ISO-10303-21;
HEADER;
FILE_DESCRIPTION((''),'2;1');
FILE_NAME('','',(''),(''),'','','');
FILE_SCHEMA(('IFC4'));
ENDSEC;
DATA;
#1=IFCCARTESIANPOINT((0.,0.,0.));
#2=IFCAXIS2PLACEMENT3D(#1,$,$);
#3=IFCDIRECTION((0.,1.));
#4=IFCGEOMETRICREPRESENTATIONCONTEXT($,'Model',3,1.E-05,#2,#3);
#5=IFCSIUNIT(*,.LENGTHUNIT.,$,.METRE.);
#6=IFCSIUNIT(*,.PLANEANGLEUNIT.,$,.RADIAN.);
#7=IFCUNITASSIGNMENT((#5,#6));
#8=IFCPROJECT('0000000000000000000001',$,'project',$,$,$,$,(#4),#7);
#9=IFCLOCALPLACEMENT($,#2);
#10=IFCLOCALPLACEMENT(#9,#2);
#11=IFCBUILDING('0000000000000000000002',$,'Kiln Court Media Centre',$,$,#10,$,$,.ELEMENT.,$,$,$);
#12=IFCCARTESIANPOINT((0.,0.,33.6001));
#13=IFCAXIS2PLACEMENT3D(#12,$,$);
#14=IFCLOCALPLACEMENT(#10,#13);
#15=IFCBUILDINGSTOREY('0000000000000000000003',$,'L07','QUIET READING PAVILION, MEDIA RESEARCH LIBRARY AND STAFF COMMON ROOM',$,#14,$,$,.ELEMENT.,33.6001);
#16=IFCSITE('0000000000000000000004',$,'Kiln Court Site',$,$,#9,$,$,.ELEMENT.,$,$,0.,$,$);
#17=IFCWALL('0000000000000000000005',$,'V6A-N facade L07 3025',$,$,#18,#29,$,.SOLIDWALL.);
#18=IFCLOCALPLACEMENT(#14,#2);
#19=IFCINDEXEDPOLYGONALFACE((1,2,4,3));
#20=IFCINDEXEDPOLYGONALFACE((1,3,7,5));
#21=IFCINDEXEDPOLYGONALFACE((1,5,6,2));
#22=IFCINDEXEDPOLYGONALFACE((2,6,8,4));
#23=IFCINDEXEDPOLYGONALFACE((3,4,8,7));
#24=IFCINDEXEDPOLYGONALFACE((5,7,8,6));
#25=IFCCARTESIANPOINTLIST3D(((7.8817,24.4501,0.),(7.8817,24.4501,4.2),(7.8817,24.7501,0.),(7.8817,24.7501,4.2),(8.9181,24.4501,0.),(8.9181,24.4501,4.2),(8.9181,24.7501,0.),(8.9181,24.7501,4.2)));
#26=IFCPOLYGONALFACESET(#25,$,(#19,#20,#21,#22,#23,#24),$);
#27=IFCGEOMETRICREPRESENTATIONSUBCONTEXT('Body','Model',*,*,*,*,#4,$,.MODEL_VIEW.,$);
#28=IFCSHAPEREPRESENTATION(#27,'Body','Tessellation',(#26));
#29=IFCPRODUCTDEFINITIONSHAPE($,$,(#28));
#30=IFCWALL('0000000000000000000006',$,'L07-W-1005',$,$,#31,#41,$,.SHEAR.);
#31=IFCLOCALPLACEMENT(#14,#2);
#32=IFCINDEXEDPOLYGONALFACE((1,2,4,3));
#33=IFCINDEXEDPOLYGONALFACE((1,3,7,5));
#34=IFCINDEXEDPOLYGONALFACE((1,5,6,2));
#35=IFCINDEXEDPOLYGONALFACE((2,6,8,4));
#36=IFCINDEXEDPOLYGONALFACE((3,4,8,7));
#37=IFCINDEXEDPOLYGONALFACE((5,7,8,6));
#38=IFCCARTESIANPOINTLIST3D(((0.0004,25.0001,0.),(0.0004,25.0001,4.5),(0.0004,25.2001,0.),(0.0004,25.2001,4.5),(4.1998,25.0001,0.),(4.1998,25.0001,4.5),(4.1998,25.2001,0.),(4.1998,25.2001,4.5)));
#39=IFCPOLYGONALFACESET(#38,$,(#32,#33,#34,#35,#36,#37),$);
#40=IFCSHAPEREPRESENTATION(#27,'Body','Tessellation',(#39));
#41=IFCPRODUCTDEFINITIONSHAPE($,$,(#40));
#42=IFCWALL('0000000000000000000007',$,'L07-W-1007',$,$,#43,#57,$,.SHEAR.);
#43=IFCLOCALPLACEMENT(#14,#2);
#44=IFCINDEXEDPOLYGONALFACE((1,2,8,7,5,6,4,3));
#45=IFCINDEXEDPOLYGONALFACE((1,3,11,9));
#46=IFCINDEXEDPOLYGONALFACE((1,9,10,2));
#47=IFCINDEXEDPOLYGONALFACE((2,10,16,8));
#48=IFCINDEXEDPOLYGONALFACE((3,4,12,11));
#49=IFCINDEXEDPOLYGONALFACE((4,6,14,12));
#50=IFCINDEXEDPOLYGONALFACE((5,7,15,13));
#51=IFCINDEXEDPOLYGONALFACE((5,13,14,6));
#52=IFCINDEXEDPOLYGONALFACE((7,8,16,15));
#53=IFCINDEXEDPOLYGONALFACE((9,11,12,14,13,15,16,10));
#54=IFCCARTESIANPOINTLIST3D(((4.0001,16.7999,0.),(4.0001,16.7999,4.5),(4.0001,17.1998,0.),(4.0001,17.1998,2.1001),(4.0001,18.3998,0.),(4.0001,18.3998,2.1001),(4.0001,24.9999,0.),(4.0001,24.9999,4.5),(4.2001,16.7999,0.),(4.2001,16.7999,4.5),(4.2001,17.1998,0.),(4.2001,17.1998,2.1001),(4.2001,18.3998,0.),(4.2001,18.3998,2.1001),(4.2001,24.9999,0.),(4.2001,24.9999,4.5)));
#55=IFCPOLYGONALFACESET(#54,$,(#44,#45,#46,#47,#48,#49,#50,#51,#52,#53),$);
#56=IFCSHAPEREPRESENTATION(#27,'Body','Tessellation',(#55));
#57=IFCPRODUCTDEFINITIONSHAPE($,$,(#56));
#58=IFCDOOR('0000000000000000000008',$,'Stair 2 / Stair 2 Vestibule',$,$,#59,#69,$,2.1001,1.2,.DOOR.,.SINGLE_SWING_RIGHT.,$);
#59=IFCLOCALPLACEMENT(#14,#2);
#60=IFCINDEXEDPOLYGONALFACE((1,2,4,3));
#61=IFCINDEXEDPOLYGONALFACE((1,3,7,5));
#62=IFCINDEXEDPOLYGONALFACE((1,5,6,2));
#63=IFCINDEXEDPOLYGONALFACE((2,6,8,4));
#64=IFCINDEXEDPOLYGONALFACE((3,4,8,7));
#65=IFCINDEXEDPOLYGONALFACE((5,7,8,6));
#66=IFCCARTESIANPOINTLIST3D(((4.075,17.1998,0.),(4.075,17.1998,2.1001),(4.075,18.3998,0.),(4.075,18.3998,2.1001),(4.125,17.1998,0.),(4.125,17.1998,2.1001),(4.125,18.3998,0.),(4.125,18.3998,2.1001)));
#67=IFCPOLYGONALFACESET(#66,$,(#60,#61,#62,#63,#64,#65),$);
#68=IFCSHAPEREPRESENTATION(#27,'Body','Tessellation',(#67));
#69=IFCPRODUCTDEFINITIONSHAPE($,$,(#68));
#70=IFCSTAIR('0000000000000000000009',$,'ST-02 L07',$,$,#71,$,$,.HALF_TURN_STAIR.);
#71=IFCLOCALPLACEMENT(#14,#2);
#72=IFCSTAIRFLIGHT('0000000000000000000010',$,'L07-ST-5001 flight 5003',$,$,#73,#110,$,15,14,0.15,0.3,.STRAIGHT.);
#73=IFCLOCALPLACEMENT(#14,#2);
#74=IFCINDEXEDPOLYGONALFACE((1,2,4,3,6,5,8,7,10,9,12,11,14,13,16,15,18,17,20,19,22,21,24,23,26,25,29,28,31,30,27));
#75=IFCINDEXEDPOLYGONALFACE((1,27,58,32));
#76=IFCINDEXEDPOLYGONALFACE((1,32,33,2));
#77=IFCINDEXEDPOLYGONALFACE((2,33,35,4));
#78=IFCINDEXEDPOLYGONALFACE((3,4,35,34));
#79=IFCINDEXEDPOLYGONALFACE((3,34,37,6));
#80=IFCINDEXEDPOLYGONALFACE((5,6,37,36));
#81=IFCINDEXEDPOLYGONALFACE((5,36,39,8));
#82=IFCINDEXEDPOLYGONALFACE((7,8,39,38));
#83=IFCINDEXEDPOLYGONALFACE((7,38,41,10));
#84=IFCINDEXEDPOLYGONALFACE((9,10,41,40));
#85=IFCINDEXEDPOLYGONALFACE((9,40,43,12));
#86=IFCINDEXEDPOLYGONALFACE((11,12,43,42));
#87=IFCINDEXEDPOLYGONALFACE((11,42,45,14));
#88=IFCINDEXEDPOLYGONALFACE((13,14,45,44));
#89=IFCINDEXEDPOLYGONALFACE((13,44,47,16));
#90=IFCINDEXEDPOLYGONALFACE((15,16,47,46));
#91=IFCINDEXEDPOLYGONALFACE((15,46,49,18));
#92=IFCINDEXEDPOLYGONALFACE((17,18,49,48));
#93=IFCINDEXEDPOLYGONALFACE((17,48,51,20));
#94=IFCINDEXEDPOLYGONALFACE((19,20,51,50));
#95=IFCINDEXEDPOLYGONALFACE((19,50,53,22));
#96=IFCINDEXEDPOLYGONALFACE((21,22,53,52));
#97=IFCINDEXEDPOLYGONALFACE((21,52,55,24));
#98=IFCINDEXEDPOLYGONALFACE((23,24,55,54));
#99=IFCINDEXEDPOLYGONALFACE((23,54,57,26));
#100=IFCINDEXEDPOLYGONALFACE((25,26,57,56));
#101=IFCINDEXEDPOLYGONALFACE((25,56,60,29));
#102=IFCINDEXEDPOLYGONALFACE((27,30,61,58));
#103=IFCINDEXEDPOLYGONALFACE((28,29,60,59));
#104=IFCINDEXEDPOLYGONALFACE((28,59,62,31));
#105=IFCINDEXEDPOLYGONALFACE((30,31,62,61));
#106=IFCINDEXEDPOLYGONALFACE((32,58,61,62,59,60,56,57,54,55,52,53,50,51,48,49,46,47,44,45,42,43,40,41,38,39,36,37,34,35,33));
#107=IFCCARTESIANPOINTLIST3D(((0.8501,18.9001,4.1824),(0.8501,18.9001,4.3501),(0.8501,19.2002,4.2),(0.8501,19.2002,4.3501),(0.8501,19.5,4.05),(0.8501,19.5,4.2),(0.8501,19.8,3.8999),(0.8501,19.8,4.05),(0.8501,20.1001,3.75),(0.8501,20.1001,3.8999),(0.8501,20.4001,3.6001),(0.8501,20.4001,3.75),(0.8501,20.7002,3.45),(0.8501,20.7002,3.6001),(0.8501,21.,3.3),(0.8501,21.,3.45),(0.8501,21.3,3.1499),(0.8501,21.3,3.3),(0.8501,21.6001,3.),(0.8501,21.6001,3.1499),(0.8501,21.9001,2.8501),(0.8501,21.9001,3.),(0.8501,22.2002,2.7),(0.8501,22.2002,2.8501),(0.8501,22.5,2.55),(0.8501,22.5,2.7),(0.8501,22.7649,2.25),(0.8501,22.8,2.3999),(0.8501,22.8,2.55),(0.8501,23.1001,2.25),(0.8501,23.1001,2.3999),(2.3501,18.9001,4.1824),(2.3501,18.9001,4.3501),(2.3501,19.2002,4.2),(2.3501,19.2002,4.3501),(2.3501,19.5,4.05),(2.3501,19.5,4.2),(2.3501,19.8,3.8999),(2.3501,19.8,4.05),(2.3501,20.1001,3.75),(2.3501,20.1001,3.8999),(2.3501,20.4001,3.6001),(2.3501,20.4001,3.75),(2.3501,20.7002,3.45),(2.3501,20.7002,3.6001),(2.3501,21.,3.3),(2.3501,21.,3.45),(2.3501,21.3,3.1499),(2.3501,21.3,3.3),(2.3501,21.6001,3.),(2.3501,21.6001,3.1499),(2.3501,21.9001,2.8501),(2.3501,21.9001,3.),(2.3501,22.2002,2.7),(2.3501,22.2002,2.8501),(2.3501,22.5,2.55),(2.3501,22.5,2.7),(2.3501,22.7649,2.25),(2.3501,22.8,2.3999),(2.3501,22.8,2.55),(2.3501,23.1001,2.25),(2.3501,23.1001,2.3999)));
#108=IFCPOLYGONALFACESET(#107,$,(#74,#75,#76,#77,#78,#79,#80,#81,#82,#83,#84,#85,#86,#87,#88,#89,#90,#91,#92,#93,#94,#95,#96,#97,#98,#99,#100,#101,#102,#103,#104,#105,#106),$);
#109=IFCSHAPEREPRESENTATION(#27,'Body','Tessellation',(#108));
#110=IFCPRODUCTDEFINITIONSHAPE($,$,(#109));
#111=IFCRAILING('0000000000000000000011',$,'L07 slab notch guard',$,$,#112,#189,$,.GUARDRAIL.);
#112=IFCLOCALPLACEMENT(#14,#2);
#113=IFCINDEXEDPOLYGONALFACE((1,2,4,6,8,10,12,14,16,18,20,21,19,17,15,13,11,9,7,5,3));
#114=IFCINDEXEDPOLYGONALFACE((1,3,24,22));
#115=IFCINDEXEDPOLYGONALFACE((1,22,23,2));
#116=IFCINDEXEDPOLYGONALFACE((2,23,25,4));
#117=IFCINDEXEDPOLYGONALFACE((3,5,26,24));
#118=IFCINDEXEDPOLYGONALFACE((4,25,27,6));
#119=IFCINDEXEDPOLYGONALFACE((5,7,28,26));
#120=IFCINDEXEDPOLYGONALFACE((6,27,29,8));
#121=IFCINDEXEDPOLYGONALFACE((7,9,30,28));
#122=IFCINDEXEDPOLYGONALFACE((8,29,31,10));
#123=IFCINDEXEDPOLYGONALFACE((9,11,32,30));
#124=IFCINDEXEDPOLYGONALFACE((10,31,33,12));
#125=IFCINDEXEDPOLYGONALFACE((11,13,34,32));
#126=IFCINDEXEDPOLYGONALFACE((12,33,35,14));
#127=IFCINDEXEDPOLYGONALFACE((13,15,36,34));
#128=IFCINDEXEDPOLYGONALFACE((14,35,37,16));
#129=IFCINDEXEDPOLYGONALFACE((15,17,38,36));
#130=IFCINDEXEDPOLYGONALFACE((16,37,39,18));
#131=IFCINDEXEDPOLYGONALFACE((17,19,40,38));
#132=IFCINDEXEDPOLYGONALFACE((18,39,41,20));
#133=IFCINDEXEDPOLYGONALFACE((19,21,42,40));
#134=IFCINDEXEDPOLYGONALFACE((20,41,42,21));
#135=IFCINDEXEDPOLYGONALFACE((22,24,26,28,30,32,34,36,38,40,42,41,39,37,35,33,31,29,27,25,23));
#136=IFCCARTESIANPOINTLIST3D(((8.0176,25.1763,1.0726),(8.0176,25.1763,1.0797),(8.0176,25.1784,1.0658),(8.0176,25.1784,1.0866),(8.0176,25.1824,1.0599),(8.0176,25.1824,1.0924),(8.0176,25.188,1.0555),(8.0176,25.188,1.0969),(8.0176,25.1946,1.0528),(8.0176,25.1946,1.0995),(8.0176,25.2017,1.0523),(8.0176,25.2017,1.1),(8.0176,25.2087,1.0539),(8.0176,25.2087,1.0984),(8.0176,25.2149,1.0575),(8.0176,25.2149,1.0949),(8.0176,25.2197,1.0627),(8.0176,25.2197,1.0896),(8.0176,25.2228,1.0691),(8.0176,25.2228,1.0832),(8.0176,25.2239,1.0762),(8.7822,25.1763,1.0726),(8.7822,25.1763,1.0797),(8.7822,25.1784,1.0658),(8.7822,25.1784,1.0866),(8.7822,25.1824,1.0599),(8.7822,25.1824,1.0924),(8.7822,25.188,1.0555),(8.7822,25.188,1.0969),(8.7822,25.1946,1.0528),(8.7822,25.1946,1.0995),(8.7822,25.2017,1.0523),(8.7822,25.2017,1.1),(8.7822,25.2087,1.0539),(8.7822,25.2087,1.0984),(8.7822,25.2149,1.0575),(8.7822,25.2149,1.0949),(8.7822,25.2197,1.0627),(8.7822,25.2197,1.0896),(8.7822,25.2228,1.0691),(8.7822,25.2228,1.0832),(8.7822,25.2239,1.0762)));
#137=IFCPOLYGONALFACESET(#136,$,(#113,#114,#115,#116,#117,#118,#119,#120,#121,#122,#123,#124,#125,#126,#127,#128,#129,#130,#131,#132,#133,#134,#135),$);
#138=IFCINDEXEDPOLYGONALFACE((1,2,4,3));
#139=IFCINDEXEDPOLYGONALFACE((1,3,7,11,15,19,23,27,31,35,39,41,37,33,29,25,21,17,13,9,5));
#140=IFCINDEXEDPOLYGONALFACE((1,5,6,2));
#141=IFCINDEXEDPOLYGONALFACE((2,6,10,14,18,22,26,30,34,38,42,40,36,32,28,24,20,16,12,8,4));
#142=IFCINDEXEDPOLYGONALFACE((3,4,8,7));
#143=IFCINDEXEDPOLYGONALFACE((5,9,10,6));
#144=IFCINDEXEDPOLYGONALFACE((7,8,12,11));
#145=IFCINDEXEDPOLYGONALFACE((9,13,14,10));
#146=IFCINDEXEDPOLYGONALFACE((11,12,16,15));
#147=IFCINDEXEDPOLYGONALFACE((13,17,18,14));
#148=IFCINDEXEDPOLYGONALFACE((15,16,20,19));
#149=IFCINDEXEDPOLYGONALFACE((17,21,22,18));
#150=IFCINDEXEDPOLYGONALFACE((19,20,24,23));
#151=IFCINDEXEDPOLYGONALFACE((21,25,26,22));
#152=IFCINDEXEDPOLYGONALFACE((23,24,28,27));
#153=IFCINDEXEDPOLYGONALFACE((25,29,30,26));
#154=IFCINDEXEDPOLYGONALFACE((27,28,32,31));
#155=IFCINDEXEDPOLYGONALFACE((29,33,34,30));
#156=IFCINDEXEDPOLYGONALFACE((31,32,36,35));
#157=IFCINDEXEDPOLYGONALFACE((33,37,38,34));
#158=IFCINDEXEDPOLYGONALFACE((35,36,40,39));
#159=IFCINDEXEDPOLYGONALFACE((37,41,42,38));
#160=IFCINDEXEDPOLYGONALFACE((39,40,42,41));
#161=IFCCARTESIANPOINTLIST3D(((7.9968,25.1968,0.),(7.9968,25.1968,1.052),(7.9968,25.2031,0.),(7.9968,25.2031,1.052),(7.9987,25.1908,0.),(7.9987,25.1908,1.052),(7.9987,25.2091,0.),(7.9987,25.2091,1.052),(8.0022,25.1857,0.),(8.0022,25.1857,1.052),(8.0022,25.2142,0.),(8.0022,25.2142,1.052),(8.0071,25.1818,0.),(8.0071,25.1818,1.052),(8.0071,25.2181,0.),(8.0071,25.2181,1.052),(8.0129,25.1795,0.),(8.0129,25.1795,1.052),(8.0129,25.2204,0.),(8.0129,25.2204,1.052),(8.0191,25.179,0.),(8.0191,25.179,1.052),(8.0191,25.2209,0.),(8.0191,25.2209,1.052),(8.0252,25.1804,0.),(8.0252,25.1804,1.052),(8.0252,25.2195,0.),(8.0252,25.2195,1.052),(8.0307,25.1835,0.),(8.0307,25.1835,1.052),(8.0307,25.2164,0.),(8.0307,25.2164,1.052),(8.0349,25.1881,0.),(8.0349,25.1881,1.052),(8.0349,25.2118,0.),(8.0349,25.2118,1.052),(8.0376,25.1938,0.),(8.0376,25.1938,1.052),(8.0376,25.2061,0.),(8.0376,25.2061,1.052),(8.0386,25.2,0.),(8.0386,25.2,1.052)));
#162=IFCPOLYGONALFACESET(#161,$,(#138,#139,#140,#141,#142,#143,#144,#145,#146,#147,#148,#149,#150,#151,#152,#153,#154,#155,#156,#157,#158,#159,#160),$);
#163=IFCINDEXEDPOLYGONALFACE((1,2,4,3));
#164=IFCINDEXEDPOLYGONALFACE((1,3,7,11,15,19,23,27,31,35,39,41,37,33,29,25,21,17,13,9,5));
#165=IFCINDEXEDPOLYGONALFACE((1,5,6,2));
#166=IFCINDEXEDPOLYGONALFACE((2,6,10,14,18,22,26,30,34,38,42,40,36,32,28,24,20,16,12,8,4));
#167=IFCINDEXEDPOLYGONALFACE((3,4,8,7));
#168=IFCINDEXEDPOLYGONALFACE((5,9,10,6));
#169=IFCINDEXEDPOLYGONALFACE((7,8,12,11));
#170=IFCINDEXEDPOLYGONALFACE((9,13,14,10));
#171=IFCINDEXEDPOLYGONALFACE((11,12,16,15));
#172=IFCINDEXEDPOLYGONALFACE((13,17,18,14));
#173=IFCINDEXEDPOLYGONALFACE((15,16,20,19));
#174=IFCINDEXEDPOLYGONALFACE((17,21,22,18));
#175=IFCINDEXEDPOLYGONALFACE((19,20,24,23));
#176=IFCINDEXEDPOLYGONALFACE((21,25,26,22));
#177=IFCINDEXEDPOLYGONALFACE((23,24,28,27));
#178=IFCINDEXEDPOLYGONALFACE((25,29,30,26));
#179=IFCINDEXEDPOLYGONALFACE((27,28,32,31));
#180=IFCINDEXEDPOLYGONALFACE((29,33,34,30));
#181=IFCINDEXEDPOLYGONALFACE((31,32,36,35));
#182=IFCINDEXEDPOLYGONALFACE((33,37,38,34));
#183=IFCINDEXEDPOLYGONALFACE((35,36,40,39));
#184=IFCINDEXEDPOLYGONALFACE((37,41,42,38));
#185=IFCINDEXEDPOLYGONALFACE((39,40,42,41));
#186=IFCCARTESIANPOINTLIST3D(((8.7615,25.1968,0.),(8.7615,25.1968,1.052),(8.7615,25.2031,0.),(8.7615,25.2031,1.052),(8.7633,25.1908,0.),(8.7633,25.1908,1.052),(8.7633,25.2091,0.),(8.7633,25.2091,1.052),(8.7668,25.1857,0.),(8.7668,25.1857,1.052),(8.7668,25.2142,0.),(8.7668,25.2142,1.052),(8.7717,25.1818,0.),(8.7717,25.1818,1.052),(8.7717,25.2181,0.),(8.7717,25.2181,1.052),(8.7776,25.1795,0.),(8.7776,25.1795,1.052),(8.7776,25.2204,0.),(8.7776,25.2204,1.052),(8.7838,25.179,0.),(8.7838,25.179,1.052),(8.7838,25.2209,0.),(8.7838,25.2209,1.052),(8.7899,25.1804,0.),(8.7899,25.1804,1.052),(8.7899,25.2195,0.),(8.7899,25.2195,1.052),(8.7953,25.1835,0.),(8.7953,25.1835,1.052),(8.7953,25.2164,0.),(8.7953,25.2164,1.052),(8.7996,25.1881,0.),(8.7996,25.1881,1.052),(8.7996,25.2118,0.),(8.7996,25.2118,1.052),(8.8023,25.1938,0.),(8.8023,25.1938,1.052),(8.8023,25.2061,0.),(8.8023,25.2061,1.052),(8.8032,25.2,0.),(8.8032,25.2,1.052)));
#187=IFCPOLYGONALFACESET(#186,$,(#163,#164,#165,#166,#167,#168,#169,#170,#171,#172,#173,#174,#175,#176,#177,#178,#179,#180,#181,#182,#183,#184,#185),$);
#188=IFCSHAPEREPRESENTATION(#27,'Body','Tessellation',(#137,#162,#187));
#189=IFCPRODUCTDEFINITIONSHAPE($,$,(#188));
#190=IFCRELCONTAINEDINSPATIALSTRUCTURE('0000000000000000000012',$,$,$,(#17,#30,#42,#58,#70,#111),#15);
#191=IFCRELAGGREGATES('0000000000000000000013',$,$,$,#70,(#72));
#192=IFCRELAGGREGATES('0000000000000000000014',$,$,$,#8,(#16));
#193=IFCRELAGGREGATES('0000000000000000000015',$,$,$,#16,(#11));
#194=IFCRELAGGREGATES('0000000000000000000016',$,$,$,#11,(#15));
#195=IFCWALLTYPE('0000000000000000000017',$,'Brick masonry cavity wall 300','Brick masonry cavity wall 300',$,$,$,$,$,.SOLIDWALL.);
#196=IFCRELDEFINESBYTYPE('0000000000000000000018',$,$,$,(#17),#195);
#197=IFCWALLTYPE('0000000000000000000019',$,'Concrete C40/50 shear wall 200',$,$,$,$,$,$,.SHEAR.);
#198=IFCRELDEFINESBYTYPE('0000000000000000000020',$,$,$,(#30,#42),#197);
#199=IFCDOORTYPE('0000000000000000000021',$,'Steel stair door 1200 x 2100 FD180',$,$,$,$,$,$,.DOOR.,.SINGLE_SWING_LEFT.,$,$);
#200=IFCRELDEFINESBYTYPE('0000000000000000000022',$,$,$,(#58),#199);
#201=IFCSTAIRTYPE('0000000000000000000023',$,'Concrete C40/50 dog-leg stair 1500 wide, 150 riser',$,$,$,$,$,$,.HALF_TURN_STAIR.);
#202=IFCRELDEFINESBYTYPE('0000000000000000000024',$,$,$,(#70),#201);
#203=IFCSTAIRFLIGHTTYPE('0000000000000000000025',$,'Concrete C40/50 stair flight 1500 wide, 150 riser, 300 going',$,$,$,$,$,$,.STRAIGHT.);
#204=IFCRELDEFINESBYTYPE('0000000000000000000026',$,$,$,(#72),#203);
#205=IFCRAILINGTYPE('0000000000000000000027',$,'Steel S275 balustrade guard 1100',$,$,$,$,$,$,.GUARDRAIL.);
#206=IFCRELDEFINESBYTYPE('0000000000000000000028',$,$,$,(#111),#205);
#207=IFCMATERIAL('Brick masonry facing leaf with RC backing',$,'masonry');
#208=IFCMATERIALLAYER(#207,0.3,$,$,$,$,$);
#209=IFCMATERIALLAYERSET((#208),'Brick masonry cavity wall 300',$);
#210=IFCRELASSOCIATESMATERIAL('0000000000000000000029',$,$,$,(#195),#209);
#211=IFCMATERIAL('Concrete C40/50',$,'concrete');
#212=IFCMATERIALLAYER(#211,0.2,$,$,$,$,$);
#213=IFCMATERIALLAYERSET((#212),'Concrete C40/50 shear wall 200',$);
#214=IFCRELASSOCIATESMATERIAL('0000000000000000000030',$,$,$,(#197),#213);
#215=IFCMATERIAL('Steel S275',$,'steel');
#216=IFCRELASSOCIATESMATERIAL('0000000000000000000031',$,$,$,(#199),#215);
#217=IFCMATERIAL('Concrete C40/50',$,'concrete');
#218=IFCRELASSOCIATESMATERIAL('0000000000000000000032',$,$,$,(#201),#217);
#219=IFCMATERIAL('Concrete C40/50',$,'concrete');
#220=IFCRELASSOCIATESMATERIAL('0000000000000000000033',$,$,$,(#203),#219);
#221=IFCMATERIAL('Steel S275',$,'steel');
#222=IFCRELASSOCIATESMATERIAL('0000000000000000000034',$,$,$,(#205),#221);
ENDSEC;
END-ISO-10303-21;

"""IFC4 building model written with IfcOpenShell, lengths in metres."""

from ifc_helpers import new_model, si_unit, direction, frame, frame_2d, origin, origin_2d, place, context, subcontext, project, spatial, polyline, rectangle, circle, outline, extrude, material, layer, layer_set, type_object, element, fill, aggregate, save


model = new_model("IFC4")

# Units and contexts
model_context = context("Model", 3, precision=1e-05, world=origin(), true_north=direction((0.0, 1.0)))
body_context = subcontext(model_context, "Body", "Model", "MODEL_VIEW")
ifc_project = project(units=[si_unit("LENGTHUNIT", "METRE"), si_unit("PLANEANGLEUNIT", "RADIAN")], contexts=[model_context])

# Site, building, storey
site_placement = place(None, origin())
site = spatial("IfcSite", under=ifc_project, at=site_placement, Name="Kiln Court Site", CompositionType="ELEMENT", RefElevation=0.0)
building_placement = place(site_placement, origin())
building = spatial("IfcBuilding", under=site, at=building_placement, Name="Kiln Court Media Centre", CompositionType="ELEMENT")
storey_placement = place(building_placement, frame((0.0, 0.0, 33.6001)))
storey = spatial("IfcBuildingStorey", under=building, at=storey_placement, Name="L07", Description="QUIET READING PAVILION, MEDIA RESEARCH LIBRARY AND STAFF COMMON ROOM", CompositionType="ELEMENT", Elevation=33.6001)

# Walls
ifc_material_1 = material(Name="Brick masonry facing leaf with RC backing", Category="masonry")
ifc_layer_1 = layer(ifc_material_1, 0.3)
ifc_layer_set_1 = layer_set([ifc_layer_1], Name="Brick masonry cavity wall 300")
wall_type_1 = type_object("IfcWallType", Name="Brick masonry cavity wall 300", Description="Brick masonry cavity wall 300", PredefinedType="SOLIDWALL", material=ifc_layer_set_1)
wall_1_placement = place(storey_placement, frame((7.8818, 24.6001, 0.0), z_axis=(0.0, 0.0, 1.0), x_axis=(1.0, 0.0, 0.0)))
element("IfcWall", 1, at=wall_1_placement, inside=storey, type_object=wall_type_1, Name="V6A-N facade L07 3025", PredefinedType="SOLIDWALL", context=body_context, shape_type="SweptSolid", body=[
    extrude(rectangle(XDim=1.0364, YDim=0.3, at=frame_2d((0.5181, 0.0))), origin(), (0.0, 0.0, 1.0), 4.2),
])
ifc_material_2 = material(Name="Concrete C40/50", Category="concrete")
ifc_layer_2 = layer(ifc_material_2, 0.2)
ifc_layer_set_2 = layer_set([ifc_layer_2], Name="Concrete C40/50 shear wall 200")
wall_type_2 = type_object("IfcWallType", Name="Concrete C40/50 shear wall 200", PredefinedType="SHEAR", material=ifc_layer_set_2)
wall_2_placement = place(storey_placement, frame((0.0005, 25.1001, 0.0), z_axis=(0.0, 0.0, 1.0), x_axis=(1.0, 0.0, 0.0)))
element("IfcWall", 2, at=wall_2_placement, inside=storey, type_object=wall_type_2, Name="L07-W-1005", PredefinedType="SHEAR", context=body_context, shape_type="SweptSolid", body=[
    extrude(rectangle(XDim=4.1995, YDim=0.2, at=frame_2d((2.0996, 0.0))), origin(), (0.0, 0.0, 1.0), 4.5),
])

# Wall, opening, door
wall_3_placement = place(storey_placement, frame((4.1001, 25.0, 0.0), z_axis=(0.0, 0.0, 1.0), x_axis=(0.0, -1.0, 0.0)))
wall_3 = element("IfcWall", 3, at=wall_3_placement, inside=storey, type_object=wall_type_2, Name="L07-W-1007", PredefinedType="SHEAR", context=body_context, shape_type="SweptSolid", body=[
    extrude(rectangle(XDim=8.2, YDim=0.2, at=frame_2d((4.1001, 0.0))), origin(), (0.0, 0.0, 1.0), 4.5),
])
opening_1_placement = place(wall_3_placement, frame((6.6001, 0.0, 0.0)))
opening_1 = element("IfcOpeningElement", 4, at=opening_1_placement, cuts=wall_3, PredefinedType="OPENING", context=body_context, shape_type="SweptSolid", body=[
    extrude(rectangle(XDim=1.2, YDim=2.1001, at=frame_2d((0.6001, 1.05))), frame((0.0, 0.1099, 0.0), z_axis=(0.0, -1.0, 0.0), x_axis=(1.0, 0.0, 0.0)), (0.0, 0.0, 1.0), 0.22),
])
ifc_material_3 = material(Name="Steel S275", Category="steel")
door_type_1 = type_object("IfcDoorType", Name="Steel stair door 1200 x 2100 FD180", OperationType="SINGLE_SWING_LEFT", PredefinedType="DOOR", material=ifc_material_3)
door_1_placement = place(opening_1_placement, origin())
door_1 = element("IfcDoor", 5, at=door_1_placement, inside=storey, type_object=door_type_1, Name="Stair 2 / Stair 2 Vestibule", OperationType="SINGLE_SWING_RIGHT", OverallHeight=2.1001, OverallWidth=1.2, PredefinedType="DOOR", context=body_context, shape_type="SweptSolid", body=[
    extrude(rectangle(XDim=1.2, YDim=2.1001, at=frame_2d((0.6001, 1.05))), frame((0.0, 0.0249, 0.0), z_axis=(0.0, -1.0, 0.0), x_axis=(1.0, 0.0, 0.0)), (0.0, 0.0, 1.0), 0.05),
])
fill(opening_1, door_1)

# Stair, stair flight
ifc_material_4 = material(Name="Concrete C40/50", Category="concrete")
stair_type = type_object("IfcStairType", Name="Concrete C40/50 dog-leg stair 1500 wide, 150 riser", PredefinedType="HALF_TURN_STAIR", material=ifc_material_4)
stair_placement = place(storey_placement, origin())
stair = element("IfcStair", 6, at=stair_placement, inside=storey, type_object=stair_type, Name="ST-02 L07", PredefinedType="HALF_TURN_STAIR")
ifc_material_5 = material(Name="Concrete C40/50", Category="concrete")
stair_flight_type = type_object("IfcStairFlightType", Name="Concrete C40/50 stair flight 1500 wide, 150 riser, 300 going", PredefinedType="STRAIGHT", material=ifc_material_5)
stair_flight_placement = place(storey_placement, frame((1.6001, 23.1001, 2.25), z_axis=(0.0, 0.0, 1.0), x_axis=(0.0, -1.0, 0.0)))
stair_flight = element("IfcStairFlight", 7, at=stair_flight_placement, type_object=stair_flight_type, Name="L07-ST-5001 flight 5003", NumberOfRisers=15, NumberOfTreads=14, PredefinedType="STRAIGHT", RiserHeight=0.15, TreadLength=0.3, context=body_context, shape_type="SweptSolid", body=[
    extrude(outline(polyline([(0.0, 0.0), (0.0, 0.1499), (0.3, 0.1499), (0.3, 0.3), (0.6001, 0.3), (0.6001, 0.45), (0.8999, 0.45), (0.8999, 0.6001), (1.2, 0.6001), (1.2, 0.75), (1.5, 0.75), (1.5, 0.8999), (1.8, 0.8999), (1.8, 1.05), (2.1001, 1.05), (2.1001, 1.2), (2.3999, 1.2), (2.3999, 1.3501), (2.7, 1.3501), (2.7, 1.5), (3.0, 1.5), (3.0, 1.6499), (3.3, 1.6499), (3.3, 1.8), (3.6001, 1.8), (3.6001, 1.95), (3.8999, 1.95), (3.8999, 2.1001), (4.2, 2.1001), (4.2, 2.25), (4.2, 1.9324), (0.3352, 0.0), (0.0, 0.0)])), frame((0.0, 0.75, 0.0), z_axis=(0.0, -1.0, 0.0), x_axis=(1.0, 0.0, 0.0)), (0.0, 0.0, 1.0), 1.5),
])
aggregate(stair, [stair_flight])

# Railing
ifc_material_6 = material(Name="Steel S275", Category="steel")
railing_type_1 = type_object("IfcRailingType", Name="Steel S275 balustrade guard 1100", PredefinedType="GUARDRAIL", material=ifc_material_6)
railing_1_placement = place(storey_placement, frame((8.0176, 25.2, 0.0)))
element("IfcRailing", 8, at=railing_1_placement, inside=storey, type_object=railing_type_1, Name="L07 slab notch guard", PredefinedType="GUARDRAIL", context=body_context, shape_type="SweptSolid", body=[
    extrude(circle(Radius=0.0239, at=origin_2d()), frame((0.0, 0.0, 1.0762), z_axis=(1.0, 0.0, 0.0), x_axis=(0.0, 1.0, 0.0)), (0.0, 0.0, 1.0), 0.7646),
    extrude(circle(Radius=0.021, at=origin_2d()), origin(), (0.0, 0.0, 1.0), 1.052),
    extrude(circle(Radius=0.021, at=origin_2d()), frame((0.7646, 0.0, 0.0)), (0.0, 0.0, 1.0), 1.052),
])

save(model, "model.ifc")
